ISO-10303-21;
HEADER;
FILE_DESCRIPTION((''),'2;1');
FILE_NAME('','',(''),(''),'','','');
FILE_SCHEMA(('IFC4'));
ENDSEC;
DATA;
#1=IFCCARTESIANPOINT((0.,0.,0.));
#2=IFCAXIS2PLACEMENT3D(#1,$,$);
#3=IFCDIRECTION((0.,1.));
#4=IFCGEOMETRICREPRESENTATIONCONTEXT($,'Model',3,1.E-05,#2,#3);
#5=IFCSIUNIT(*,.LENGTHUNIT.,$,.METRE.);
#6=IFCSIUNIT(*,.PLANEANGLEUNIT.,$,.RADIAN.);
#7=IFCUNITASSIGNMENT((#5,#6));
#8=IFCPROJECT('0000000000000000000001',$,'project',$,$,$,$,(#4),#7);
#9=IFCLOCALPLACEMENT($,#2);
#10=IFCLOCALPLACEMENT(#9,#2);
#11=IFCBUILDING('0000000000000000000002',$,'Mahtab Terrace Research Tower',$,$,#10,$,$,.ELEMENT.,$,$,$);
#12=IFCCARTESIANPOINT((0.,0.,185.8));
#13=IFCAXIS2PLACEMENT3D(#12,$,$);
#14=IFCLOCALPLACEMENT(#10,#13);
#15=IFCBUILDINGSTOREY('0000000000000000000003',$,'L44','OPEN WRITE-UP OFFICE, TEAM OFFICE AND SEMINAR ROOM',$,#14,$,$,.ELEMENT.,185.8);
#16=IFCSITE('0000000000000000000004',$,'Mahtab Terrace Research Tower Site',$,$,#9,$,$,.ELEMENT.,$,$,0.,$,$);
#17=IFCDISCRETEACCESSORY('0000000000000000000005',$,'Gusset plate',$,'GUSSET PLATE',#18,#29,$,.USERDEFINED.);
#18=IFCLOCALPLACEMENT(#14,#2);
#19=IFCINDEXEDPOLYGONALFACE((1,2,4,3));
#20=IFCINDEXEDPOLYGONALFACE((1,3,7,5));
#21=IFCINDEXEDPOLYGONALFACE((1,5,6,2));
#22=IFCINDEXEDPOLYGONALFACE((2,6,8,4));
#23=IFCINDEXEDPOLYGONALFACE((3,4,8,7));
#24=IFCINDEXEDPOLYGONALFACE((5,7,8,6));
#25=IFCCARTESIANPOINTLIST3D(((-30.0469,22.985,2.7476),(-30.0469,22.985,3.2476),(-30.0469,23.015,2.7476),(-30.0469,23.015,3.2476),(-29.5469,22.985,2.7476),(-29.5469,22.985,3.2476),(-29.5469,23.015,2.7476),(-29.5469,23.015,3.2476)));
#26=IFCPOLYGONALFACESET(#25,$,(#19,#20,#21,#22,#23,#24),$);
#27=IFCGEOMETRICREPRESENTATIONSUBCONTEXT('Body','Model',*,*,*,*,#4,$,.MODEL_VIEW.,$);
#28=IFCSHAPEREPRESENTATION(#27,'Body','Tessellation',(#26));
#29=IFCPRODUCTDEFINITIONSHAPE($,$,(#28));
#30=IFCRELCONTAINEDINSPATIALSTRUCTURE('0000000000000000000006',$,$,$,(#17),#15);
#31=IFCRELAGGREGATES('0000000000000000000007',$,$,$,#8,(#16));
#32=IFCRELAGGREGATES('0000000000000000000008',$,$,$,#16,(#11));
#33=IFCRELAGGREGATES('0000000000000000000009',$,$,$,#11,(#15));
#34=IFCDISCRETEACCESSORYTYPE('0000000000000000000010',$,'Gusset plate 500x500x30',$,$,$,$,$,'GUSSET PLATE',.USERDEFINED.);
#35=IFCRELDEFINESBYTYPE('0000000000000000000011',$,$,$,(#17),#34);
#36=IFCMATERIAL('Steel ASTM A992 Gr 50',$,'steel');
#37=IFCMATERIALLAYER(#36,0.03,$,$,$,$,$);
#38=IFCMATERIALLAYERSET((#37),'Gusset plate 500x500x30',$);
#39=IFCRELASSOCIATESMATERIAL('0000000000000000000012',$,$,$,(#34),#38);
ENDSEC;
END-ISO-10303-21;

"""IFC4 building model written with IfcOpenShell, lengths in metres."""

from ifc_helpers import new_model, si_unit, direction, frame, origin, origin_2d, place, context, subcontext, project, spatial, rectangle, extrude, material, layer, layer_set, type_object, element, save


model = new_model("IFC4")

# Units and contexts
model_context = context("Model", 3, precision=1e-05, world=origin(), true_north=direction((0.0, 1.0)))
body_context = subcontext(model_context, "Body", "Model", "MODEL_VIEW")
ifc_project = project(units=[si_unit("LENGTHUNIT", "METRE"), si_unit("PLANEANGLEUNIT", "RADIAN")], contexts=[model_context])

# Site, building, storey
site_placement = place(None, origin())
site = spatial("IfcSite", under=ifc_project, at=site_placement, Name="Mahtab Terrace Research Tower Site", CompositionType="ELEMENT", RefElevation=0.0)
building_placement = place(site_placement, origin())
building = spatial("IfcBuilding", under=site, at=building_placement, Name="Mahtab Terrace Research Tower", CompositionType="ELEMENT")
storey_placement = place(building_placement, frame((0.0, 0.0, 185.8)))
storey = spatial("IfcBuildingStorey", under=building, at=storey_placement, Name="L44", Description="OPEN WRITE-UP OFFICE, TEAM OFFICE AND SEMINAR ROOM", CompositionType="ELEMENT", Elevation=185.8)

# Shared definitions
ifc_material_1 = material(Name="Steel ASTM A992 Gr 50", Category="steel")

# Discrete accessory
ifc_layer_1 = layer(ifc_material_1, 0.03)
ifc_layer_set_1 = layer_set([ifc_layer_1], Name="Gusset plate 500x500x30")
discrete_accessory_type = type_object("IfcDiscreteAccessoryType", Name="Gusset plate 500x500x30", ElementType="GUSSET PLATE", PredefinedType="USERDEFINED", material=ifc_layer_set_1)
discrete_accessory_placement = place(storey_placement, frame((-29.7969, 23.0, 2.7476), z_axis=(0.0, 0.0, 1.0), x_axis=(1.0, 0.0, 0.0)))
element("IfcDiscreteAccessory", 1, at=discrete_accessory_placement, inside=storey, type_object=discrete_accessory_type, Name="Gusset plate", ObjectType="GUSSET PLATE", PredefinedType="USERDEFINED", context=body_context, shape_type="SweptSolid", body=[
    extrude(rectangle(XDim=0.5, YDim=0.03, at=origin_2d()), origin(), (0.0, 0.0, 1.0), 0.5),
])

save(model, "model.ifc")
